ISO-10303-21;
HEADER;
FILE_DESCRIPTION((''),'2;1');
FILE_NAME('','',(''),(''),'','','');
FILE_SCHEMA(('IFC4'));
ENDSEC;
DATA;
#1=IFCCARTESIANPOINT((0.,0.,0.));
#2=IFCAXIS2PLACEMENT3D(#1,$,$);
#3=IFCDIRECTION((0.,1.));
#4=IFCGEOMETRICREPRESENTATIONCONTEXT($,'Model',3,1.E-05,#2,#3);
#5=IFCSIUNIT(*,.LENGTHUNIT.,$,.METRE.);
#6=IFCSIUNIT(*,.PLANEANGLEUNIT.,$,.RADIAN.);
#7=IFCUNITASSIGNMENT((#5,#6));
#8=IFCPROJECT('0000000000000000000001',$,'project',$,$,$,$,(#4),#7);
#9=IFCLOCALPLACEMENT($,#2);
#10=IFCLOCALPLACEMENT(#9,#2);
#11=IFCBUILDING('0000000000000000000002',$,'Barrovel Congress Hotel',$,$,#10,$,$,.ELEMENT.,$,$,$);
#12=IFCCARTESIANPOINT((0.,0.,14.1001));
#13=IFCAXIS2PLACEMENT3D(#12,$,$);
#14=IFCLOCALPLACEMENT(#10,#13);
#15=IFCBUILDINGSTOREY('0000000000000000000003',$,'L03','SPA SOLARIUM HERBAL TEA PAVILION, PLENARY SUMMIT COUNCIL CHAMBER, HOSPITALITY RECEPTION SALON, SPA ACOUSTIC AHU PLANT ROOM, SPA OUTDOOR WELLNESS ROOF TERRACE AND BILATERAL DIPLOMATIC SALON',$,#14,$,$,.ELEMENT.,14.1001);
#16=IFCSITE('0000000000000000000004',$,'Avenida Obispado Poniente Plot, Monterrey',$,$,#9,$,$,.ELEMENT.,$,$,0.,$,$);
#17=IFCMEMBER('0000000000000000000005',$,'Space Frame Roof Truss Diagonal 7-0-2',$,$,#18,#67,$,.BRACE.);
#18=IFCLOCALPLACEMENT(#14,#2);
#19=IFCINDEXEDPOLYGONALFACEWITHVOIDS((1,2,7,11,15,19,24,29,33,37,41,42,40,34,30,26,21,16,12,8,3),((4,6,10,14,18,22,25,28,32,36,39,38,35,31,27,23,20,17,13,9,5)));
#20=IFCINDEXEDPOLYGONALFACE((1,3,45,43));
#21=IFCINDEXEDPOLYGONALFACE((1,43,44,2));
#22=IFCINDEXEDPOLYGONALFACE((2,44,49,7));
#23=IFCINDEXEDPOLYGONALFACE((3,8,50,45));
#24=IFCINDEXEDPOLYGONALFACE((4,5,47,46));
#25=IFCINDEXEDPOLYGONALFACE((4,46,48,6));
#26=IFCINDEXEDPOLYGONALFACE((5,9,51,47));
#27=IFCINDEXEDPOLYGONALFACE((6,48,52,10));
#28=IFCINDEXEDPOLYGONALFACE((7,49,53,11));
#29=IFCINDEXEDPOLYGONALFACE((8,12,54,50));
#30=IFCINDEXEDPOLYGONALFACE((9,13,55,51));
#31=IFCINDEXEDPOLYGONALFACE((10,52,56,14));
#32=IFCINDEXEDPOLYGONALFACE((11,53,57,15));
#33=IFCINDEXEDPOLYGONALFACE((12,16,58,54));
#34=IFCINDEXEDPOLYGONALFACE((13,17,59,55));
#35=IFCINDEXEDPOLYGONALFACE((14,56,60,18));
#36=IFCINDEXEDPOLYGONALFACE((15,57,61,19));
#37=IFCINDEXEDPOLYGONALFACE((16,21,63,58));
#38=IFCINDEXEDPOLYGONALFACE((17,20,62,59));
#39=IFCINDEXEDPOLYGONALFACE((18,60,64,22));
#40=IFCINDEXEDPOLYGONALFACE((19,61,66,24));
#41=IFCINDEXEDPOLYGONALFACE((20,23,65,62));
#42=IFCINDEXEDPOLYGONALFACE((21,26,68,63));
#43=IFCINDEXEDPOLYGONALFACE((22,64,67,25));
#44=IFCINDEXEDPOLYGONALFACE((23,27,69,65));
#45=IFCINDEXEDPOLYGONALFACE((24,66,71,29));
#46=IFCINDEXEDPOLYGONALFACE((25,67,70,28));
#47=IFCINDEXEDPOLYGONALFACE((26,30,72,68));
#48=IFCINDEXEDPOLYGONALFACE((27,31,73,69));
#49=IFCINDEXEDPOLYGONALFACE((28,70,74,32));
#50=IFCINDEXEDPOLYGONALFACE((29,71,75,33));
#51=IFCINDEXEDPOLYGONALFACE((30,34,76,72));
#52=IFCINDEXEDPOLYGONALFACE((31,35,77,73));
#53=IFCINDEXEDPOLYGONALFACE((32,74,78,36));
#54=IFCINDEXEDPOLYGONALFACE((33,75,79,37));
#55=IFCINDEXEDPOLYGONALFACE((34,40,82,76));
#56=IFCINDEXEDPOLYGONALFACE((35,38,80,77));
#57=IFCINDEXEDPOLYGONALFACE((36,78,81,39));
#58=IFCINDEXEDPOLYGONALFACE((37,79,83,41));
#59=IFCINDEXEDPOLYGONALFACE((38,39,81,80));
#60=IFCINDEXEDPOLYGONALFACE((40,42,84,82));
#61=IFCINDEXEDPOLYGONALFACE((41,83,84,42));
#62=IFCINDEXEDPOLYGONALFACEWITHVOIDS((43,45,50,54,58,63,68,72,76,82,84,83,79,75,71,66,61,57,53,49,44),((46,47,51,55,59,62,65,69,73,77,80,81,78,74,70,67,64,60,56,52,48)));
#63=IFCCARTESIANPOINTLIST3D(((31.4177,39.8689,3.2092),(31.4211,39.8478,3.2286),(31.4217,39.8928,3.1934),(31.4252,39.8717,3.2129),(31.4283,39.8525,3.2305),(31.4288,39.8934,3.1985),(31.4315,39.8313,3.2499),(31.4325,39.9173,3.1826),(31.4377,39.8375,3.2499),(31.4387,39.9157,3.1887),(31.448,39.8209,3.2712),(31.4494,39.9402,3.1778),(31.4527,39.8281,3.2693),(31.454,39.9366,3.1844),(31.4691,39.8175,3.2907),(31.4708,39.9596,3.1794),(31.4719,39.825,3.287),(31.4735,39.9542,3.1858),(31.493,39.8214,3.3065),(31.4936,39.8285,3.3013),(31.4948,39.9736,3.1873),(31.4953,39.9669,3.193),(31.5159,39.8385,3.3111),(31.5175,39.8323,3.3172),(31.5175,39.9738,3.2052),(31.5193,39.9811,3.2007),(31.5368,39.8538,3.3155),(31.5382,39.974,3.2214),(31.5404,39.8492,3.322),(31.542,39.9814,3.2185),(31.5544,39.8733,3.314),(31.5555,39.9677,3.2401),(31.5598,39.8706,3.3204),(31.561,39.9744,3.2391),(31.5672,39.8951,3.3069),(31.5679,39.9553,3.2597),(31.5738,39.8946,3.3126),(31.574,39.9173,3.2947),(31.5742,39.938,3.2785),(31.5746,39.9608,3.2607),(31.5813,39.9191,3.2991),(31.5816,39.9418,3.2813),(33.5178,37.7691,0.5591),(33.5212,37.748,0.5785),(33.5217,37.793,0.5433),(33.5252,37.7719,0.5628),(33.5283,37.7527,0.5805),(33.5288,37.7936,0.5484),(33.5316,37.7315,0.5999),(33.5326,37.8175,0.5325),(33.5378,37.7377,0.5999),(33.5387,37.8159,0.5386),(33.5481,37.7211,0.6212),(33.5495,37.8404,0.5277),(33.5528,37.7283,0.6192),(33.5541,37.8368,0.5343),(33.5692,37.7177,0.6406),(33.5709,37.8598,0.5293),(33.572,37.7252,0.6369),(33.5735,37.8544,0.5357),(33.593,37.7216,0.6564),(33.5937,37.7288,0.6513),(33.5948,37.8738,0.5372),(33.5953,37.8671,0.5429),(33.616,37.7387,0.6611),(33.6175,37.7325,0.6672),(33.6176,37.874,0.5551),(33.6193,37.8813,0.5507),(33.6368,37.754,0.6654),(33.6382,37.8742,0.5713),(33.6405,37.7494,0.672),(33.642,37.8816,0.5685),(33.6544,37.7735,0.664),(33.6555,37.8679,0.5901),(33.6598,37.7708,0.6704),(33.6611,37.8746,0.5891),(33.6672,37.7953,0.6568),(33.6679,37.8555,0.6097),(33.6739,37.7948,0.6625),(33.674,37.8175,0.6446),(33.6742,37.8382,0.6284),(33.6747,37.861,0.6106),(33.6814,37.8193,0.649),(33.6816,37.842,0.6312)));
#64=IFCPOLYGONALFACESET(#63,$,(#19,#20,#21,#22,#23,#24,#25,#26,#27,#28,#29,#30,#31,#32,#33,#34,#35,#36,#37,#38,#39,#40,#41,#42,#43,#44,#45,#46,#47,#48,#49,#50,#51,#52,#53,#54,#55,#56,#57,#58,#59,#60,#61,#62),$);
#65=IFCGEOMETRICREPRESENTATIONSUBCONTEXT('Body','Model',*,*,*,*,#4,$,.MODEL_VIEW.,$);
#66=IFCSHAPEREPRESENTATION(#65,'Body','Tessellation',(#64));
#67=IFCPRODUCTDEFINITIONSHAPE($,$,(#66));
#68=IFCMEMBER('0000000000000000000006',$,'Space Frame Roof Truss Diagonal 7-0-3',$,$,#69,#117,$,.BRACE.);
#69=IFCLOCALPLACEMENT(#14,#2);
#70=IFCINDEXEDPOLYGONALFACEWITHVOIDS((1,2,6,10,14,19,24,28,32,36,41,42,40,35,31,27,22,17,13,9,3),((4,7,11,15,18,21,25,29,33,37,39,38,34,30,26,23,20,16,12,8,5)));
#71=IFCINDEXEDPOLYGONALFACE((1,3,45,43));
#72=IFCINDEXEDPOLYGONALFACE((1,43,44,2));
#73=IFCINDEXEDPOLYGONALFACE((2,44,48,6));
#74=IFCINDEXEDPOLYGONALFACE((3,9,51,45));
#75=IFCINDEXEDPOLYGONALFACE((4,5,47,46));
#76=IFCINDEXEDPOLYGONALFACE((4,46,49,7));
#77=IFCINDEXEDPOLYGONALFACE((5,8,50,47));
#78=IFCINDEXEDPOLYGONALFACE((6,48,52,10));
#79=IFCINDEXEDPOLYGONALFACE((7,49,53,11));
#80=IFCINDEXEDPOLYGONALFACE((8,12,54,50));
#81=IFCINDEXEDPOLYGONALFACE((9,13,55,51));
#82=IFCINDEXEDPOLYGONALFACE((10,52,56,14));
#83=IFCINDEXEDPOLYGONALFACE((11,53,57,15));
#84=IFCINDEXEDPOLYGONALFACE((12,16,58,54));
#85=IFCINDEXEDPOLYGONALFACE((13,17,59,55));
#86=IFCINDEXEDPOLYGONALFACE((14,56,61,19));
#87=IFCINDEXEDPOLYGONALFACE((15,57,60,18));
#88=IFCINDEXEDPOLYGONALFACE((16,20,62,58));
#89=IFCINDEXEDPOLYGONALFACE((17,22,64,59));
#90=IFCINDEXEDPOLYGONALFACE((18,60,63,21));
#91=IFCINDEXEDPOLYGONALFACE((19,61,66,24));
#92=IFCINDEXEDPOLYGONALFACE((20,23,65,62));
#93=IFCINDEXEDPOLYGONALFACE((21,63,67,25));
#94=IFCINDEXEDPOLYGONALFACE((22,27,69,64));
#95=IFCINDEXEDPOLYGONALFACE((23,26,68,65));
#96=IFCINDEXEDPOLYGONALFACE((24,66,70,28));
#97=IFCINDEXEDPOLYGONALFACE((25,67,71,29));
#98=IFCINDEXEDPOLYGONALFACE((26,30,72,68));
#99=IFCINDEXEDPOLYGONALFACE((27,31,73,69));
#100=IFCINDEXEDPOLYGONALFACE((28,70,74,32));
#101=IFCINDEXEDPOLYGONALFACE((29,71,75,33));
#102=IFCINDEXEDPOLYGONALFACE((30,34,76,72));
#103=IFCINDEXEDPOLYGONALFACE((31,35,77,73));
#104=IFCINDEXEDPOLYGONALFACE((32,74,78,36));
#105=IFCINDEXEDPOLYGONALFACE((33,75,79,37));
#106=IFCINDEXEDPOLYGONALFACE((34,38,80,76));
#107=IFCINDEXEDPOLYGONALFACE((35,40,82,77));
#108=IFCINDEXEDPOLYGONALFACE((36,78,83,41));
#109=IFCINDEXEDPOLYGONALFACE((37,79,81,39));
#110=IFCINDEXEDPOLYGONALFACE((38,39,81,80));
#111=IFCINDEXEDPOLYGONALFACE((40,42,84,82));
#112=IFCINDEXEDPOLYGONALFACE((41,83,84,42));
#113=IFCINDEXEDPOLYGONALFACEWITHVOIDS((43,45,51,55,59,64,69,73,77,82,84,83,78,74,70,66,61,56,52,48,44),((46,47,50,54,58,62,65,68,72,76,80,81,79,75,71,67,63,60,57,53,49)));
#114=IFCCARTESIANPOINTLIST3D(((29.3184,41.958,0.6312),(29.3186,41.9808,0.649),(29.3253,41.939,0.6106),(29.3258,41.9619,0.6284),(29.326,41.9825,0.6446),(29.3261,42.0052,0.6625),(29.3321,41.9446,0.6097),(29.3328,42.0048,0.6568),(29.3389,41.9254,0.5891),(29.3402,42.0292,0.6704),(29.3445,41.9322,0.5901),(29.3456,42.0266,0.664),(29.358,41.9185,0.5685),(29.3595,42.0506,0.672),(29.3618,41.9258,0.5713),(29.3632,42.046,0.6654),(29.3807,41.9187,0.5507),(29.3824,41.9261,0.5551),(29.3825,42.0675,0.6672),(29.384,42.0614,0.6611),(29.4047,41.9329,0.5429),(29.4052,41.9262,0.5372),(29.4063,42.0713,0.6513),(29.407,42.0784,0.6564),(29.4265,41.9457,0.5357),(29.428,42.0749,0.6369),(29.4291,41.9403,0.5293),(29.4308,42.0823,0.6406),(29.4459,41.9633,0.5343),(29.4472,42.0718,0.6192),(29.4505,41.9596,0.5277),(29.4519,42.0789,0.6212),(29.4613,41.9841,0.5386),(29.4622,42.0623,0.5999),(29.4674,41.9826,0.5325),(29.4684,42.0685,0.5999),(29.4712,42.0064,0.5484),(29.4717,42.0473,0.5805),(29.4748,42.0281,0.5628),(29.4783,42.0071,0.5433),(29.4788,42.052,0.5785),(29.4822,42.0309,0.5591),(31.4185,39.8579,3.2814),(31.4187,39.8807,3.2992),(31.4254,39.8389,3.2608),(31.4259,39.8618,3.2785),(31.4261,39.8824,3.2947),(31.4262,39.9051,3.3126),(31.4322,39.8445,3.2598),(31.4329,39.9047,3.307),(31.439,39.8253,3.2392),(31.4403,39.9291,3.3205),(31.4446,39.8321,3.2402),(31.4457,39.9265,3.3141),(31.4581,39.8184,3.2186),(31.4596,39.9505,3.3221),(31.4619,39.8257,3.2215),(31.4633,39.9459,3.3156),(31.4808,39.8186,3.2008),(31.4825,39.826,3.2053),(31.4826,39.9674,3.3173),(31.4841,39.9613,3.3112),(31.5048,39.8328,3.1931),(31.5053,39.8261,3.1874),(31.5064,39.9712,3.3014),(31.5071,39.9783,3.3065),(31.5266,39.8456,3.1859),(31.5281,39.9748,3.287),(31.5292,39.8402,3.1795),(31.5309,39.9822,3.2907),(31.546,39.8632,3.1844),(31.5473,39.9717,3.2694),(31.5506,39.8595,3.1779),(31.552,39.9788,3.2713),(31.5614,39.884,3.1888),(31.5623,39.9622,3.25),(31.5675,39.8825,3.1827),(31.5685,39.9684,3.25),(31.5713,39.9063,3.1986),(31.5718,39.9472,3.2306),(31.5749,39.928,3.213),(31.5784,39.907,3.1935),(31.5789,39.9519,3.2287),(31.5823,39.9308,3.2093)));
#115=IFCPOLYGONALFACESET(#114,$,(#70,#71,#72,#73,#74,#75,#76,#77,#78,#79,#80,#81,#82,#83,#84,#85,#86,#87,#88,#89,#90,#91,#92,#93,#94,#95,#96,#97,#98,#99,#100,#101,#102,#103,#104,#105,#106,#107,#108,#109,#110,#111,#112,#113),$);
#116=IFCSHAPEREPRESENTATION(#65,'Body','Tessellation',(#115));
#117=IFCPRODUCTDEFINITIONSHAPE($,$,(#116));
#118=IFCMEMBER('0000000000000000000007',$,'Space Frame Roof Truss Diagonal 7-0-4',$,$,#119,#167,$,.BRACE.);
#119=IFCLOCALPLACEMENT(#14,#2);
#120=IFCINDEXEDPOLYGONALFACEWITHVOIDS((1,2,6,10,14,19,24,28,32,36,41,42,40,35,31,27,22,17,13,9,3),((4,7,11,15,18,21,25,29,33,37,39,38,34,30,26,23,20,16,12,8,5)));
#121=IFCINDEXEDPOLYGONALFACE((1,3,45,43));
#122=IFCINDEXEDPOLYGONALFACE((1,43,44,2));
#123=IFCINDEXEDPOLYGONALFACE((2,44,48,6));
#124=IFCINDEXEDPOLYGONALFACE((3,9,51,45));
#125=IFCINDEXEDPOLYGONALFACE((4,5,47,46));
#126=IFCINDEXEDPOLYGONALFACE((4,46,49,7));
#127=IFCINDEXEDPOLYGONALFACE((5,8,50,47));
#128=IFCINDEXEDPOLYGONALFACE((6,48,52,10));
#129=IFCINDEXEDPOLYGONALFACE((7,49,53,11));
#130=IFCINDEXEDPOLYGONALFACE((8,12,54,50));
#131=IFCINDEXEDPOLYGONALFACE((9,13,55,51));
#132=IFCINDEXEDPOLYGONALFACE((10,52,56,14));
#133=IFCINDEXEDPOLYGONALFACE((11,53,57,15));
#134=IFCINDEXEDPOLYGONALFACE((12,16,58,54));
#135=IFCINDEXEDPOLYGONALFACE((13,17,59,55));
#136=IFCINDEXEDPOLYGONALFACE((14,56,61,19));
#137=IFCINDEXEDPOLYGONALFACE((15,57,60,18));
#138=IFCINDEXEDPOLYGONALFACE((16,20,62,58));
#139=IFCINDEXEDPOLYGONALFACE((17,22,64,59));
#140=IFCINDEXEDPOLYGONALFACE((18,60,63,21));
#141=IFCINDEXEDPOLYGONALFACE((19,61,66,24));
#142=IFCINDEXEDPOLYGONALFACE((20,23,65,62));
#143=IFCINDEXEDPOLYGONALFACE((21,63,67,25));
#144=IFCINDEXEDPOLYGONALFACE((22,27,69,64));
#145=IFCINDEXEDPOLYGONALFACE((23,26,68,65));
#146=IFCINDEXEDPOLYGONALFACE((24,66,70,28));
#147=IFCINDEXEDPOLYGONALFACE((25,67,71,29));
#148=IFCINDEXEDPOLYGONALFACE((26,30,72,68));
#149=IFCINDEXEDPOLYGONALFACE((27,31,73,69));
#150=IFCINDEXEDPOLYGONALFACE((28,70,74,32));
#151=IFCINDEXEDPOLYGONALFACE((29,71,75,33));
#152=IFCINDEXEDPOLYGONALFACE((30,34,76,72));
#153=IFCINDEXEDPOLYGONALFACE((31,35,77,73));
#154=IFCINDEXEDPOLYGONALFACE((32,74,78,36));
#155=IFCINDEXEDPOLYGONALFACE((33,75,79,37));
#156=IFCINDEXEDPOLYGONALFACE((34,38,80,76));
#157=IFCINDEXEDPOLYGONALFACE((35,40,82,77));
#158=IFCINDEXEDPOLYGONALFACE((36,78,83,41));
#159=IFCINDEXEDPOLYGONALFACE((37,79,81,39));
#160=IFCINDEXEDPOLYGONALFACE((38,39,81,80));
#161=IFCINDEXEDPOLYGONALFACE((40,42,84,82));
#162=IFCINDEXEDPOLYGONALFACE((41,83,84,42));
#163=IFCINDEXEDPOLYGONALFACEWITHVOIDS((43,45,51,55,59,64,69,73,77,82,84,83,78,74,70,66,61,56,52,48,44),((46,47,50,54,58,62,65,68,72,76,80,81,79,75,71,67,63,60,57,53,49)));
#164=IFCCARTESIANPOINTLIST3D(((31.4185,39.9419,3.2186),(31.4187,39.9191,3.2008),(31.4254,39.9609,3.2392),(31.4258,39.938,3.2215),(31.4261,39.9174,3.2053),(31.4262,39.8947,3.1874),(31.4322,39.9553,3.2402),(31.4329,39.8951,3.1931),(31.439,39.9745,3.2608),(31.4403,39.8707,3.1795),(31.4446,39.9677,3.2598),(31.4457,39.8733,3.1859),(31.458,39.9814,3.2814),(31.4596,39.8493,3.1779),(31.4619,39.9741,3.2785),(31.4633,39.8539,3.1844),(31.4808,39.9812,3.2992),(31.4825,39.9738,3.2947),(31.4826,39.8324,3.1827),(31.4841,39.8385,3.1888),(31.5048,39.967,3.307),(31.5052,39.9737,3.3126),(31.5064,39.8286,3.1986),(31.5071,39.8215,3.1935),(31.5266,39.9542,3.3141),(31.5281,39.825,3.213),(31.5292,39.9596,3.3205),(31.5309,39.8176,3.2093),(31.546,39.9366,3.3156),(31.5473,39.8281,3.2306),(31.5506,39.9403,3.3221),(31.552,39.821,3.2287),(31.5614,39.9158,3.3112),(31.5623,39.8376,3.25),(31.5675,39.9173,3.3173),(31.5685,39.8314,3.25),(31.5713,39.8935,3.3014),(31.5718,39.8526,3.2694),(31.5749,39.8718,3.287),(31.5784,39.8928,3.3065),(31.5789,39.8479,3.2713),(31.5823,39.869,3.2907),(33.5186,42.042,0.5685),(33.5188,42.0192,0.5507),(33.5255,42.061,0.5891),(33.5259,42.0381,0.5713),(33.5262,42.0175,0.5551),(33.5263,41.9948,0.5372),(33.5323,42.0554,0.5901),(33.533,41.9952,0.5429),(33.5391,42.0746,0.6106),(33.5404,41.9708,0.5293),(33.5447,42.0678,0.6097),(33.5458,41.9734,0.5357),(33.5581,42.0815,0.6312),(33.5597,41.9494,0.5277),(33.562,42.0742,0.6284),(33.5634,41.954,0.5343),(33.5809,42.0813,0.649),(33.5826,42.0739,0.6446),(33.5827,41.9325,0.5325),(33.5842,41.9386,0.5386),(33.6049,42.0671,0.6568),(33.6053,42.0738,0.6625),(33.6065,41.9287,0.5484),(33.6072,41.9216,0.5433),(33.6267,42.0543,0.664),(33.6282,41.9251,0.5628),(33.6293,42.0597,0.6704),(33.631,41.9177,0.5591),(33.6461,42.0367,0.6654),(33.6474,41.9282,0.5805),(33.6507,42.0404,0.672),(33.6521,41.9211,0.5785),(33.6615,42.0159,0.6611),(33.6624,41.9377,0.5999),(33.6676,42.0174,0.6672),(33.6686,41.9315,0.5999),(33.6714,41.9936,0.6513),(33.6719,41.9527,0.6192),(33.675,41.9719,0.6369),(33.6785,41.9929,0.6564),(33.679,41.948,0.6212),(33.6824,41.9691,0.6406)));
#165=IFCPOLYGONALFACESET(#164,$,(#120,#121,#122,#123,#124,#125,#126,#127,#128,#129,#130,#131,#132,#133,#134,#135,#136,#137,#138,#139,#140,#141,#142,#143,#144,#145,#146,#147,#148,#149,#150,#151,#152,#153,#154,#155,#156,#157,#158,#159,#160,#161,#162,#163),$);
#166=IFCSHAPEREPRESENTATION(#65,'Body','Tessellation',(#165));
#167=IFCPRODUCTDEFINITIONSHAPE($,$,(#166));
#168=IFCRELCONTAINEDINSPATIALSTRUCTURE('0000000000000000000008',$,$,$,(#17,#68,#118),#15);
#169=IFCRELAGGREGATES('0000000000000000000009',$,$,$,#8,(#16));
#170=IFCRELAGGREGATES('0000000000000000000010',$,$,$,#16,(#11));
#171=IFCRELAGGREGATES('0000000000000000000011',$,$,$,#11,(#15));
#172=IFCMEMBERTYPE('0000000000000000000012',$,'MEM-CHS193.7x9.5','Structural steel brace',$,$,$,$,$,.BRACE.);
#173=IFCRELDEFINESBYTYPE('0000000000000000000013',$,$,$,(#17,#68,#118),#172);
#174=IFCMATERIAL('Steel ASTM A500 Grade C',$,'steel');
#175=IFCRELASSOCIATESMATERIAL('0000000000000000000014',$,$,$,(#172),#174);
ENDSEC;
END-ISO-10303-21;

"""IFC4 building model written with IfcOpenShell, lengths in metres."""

from ifc_helpers import new_model, si_unit, direction, frame, origin, origin_2d, place, context, subcontext, project, spatial, hollow_circle, extrude, material, material_profile, profile_set, type_object, element, save


model = new_model("IFC4")

# Units and contexts
model_context = context("Model", 3, precision=1e-05, world=origin(), true_north=direction((0.0, 1.0)))
body_context = subcontext(model_context, "Body", "Model", "MODEL_VIEW")
ifc_project = project(units=[si_unit("LENGTHUNIT", "METRE"), si_unit("PLANEANGLEUNIT", "RADIAN")], contexts=[model_context])

# Site, building, storey
site_placement = place(None, origin())
site = spatial("IfcSite", under=ifc_project, at=site_placement, Name="Avenida Obispado Poniente Plot, Monterrey", CompositionType="ELEMENT", RefElevation=0.0)
building_placement = place(site_placement, origin())
building = spatial("IfcBuilding", under=site, at=building_placement, Name="Barrovel Congress Hotel", CompositionType="ELEMENT")
storey_placement = place(building_placement, frame((0.0, 0.0, 14.1001)))
storey = spatial("IfcBuildingStorey", under=building, at=storey_placement, Name="L03", Description="SPA SOLARIUM HERBAL TEA PAVILION, PLENARY SUMMIT COUNCIL CHAMBER, HOSPITALITY RECEPTION SALON, SPA ACOUSTIC AHU PLANT ROOM, SPA OUTDOOR WELLNESS ROOF TERRACE AND BILATERAL DIPLOMATIC SALON", CompositionType="ELEMENT", Elevation=14.1001)

# Members
ifc_material_1 = material(Name="Steel ASTM A500 Grade C", Category="steel")
ifc_material_profile_1 = material_profile(ifc_material_1, hollow_circle(Radius=0.0969, WallThickness=0.0088, at=origin_2d()), Name="CHS193.7x9.5")
ifc_profile_set_1 = profile_set([ifc_material_profile_1], Name="Steel ASTM A500 Grade C")
member_type_1 = type_object("IfcMemberType", Name="MEM-CHS193.7x9.5", Description="Structural steel brace", PredefinedType="BRACE", material=ifc_profile_set_1)
for number, where, z_axis, x_axis, name in (
    (1, (33.6001, 37.8, 0.5999), (-0.527618, 0.527557, 0.66581), (-0.707066, -0.707148, 0.0), "Space Frame Roof Truss Diagonal 7-0-2"),
):
    element("IfcMember", number, at=place(storey_placement, frame(where, z_axis=z_axis, x_axis=x_axis)), inside=storey, type_object=member_type_1, Name=name, PredefinedType="BRACE", context=body_context, shape_type="SweptSolid", body=[
        extrude(hollow_circle(Radius=0.0969, WallThickness=0.0088, at=origin_2d()), origin(), (0.0, 0.0, 1.0), 3.9802),
    ])
for number, where, z_axis, x_axis, name in (
    (2, (29.3999, 42.0, 0.5999), (0.527601, -0.527601, 0.665788), (0.707107, 0.707107, 0.0), "Space Frame Roof Truss Diagonal 7-0-3"),
    (3, (33.6001, 42.0, 0.5999), (-0.527601, -0.527601, 0.665788), (0.707107, -0.707107, 0.0), "Space Frame Roof Truss Diagonal 7-0-4"),
):
    element("IfcMember", number, at=place(storey_placement, frame(where, z_axis=z_axis, x_axis=x_axis)), inside=storey, type_object=member_type_1, Name=name, PredefinedType="BRACE", context=body_context, shape_type="SweptSolid", body=[
        extrude(hollow_circle(Radius=0.0969, WallThickness=0.0088, at=origin_2d()), origin(), (0.0, 0.0, 1.0), 3.9805),
    ])

save(model, "model.ifc")
